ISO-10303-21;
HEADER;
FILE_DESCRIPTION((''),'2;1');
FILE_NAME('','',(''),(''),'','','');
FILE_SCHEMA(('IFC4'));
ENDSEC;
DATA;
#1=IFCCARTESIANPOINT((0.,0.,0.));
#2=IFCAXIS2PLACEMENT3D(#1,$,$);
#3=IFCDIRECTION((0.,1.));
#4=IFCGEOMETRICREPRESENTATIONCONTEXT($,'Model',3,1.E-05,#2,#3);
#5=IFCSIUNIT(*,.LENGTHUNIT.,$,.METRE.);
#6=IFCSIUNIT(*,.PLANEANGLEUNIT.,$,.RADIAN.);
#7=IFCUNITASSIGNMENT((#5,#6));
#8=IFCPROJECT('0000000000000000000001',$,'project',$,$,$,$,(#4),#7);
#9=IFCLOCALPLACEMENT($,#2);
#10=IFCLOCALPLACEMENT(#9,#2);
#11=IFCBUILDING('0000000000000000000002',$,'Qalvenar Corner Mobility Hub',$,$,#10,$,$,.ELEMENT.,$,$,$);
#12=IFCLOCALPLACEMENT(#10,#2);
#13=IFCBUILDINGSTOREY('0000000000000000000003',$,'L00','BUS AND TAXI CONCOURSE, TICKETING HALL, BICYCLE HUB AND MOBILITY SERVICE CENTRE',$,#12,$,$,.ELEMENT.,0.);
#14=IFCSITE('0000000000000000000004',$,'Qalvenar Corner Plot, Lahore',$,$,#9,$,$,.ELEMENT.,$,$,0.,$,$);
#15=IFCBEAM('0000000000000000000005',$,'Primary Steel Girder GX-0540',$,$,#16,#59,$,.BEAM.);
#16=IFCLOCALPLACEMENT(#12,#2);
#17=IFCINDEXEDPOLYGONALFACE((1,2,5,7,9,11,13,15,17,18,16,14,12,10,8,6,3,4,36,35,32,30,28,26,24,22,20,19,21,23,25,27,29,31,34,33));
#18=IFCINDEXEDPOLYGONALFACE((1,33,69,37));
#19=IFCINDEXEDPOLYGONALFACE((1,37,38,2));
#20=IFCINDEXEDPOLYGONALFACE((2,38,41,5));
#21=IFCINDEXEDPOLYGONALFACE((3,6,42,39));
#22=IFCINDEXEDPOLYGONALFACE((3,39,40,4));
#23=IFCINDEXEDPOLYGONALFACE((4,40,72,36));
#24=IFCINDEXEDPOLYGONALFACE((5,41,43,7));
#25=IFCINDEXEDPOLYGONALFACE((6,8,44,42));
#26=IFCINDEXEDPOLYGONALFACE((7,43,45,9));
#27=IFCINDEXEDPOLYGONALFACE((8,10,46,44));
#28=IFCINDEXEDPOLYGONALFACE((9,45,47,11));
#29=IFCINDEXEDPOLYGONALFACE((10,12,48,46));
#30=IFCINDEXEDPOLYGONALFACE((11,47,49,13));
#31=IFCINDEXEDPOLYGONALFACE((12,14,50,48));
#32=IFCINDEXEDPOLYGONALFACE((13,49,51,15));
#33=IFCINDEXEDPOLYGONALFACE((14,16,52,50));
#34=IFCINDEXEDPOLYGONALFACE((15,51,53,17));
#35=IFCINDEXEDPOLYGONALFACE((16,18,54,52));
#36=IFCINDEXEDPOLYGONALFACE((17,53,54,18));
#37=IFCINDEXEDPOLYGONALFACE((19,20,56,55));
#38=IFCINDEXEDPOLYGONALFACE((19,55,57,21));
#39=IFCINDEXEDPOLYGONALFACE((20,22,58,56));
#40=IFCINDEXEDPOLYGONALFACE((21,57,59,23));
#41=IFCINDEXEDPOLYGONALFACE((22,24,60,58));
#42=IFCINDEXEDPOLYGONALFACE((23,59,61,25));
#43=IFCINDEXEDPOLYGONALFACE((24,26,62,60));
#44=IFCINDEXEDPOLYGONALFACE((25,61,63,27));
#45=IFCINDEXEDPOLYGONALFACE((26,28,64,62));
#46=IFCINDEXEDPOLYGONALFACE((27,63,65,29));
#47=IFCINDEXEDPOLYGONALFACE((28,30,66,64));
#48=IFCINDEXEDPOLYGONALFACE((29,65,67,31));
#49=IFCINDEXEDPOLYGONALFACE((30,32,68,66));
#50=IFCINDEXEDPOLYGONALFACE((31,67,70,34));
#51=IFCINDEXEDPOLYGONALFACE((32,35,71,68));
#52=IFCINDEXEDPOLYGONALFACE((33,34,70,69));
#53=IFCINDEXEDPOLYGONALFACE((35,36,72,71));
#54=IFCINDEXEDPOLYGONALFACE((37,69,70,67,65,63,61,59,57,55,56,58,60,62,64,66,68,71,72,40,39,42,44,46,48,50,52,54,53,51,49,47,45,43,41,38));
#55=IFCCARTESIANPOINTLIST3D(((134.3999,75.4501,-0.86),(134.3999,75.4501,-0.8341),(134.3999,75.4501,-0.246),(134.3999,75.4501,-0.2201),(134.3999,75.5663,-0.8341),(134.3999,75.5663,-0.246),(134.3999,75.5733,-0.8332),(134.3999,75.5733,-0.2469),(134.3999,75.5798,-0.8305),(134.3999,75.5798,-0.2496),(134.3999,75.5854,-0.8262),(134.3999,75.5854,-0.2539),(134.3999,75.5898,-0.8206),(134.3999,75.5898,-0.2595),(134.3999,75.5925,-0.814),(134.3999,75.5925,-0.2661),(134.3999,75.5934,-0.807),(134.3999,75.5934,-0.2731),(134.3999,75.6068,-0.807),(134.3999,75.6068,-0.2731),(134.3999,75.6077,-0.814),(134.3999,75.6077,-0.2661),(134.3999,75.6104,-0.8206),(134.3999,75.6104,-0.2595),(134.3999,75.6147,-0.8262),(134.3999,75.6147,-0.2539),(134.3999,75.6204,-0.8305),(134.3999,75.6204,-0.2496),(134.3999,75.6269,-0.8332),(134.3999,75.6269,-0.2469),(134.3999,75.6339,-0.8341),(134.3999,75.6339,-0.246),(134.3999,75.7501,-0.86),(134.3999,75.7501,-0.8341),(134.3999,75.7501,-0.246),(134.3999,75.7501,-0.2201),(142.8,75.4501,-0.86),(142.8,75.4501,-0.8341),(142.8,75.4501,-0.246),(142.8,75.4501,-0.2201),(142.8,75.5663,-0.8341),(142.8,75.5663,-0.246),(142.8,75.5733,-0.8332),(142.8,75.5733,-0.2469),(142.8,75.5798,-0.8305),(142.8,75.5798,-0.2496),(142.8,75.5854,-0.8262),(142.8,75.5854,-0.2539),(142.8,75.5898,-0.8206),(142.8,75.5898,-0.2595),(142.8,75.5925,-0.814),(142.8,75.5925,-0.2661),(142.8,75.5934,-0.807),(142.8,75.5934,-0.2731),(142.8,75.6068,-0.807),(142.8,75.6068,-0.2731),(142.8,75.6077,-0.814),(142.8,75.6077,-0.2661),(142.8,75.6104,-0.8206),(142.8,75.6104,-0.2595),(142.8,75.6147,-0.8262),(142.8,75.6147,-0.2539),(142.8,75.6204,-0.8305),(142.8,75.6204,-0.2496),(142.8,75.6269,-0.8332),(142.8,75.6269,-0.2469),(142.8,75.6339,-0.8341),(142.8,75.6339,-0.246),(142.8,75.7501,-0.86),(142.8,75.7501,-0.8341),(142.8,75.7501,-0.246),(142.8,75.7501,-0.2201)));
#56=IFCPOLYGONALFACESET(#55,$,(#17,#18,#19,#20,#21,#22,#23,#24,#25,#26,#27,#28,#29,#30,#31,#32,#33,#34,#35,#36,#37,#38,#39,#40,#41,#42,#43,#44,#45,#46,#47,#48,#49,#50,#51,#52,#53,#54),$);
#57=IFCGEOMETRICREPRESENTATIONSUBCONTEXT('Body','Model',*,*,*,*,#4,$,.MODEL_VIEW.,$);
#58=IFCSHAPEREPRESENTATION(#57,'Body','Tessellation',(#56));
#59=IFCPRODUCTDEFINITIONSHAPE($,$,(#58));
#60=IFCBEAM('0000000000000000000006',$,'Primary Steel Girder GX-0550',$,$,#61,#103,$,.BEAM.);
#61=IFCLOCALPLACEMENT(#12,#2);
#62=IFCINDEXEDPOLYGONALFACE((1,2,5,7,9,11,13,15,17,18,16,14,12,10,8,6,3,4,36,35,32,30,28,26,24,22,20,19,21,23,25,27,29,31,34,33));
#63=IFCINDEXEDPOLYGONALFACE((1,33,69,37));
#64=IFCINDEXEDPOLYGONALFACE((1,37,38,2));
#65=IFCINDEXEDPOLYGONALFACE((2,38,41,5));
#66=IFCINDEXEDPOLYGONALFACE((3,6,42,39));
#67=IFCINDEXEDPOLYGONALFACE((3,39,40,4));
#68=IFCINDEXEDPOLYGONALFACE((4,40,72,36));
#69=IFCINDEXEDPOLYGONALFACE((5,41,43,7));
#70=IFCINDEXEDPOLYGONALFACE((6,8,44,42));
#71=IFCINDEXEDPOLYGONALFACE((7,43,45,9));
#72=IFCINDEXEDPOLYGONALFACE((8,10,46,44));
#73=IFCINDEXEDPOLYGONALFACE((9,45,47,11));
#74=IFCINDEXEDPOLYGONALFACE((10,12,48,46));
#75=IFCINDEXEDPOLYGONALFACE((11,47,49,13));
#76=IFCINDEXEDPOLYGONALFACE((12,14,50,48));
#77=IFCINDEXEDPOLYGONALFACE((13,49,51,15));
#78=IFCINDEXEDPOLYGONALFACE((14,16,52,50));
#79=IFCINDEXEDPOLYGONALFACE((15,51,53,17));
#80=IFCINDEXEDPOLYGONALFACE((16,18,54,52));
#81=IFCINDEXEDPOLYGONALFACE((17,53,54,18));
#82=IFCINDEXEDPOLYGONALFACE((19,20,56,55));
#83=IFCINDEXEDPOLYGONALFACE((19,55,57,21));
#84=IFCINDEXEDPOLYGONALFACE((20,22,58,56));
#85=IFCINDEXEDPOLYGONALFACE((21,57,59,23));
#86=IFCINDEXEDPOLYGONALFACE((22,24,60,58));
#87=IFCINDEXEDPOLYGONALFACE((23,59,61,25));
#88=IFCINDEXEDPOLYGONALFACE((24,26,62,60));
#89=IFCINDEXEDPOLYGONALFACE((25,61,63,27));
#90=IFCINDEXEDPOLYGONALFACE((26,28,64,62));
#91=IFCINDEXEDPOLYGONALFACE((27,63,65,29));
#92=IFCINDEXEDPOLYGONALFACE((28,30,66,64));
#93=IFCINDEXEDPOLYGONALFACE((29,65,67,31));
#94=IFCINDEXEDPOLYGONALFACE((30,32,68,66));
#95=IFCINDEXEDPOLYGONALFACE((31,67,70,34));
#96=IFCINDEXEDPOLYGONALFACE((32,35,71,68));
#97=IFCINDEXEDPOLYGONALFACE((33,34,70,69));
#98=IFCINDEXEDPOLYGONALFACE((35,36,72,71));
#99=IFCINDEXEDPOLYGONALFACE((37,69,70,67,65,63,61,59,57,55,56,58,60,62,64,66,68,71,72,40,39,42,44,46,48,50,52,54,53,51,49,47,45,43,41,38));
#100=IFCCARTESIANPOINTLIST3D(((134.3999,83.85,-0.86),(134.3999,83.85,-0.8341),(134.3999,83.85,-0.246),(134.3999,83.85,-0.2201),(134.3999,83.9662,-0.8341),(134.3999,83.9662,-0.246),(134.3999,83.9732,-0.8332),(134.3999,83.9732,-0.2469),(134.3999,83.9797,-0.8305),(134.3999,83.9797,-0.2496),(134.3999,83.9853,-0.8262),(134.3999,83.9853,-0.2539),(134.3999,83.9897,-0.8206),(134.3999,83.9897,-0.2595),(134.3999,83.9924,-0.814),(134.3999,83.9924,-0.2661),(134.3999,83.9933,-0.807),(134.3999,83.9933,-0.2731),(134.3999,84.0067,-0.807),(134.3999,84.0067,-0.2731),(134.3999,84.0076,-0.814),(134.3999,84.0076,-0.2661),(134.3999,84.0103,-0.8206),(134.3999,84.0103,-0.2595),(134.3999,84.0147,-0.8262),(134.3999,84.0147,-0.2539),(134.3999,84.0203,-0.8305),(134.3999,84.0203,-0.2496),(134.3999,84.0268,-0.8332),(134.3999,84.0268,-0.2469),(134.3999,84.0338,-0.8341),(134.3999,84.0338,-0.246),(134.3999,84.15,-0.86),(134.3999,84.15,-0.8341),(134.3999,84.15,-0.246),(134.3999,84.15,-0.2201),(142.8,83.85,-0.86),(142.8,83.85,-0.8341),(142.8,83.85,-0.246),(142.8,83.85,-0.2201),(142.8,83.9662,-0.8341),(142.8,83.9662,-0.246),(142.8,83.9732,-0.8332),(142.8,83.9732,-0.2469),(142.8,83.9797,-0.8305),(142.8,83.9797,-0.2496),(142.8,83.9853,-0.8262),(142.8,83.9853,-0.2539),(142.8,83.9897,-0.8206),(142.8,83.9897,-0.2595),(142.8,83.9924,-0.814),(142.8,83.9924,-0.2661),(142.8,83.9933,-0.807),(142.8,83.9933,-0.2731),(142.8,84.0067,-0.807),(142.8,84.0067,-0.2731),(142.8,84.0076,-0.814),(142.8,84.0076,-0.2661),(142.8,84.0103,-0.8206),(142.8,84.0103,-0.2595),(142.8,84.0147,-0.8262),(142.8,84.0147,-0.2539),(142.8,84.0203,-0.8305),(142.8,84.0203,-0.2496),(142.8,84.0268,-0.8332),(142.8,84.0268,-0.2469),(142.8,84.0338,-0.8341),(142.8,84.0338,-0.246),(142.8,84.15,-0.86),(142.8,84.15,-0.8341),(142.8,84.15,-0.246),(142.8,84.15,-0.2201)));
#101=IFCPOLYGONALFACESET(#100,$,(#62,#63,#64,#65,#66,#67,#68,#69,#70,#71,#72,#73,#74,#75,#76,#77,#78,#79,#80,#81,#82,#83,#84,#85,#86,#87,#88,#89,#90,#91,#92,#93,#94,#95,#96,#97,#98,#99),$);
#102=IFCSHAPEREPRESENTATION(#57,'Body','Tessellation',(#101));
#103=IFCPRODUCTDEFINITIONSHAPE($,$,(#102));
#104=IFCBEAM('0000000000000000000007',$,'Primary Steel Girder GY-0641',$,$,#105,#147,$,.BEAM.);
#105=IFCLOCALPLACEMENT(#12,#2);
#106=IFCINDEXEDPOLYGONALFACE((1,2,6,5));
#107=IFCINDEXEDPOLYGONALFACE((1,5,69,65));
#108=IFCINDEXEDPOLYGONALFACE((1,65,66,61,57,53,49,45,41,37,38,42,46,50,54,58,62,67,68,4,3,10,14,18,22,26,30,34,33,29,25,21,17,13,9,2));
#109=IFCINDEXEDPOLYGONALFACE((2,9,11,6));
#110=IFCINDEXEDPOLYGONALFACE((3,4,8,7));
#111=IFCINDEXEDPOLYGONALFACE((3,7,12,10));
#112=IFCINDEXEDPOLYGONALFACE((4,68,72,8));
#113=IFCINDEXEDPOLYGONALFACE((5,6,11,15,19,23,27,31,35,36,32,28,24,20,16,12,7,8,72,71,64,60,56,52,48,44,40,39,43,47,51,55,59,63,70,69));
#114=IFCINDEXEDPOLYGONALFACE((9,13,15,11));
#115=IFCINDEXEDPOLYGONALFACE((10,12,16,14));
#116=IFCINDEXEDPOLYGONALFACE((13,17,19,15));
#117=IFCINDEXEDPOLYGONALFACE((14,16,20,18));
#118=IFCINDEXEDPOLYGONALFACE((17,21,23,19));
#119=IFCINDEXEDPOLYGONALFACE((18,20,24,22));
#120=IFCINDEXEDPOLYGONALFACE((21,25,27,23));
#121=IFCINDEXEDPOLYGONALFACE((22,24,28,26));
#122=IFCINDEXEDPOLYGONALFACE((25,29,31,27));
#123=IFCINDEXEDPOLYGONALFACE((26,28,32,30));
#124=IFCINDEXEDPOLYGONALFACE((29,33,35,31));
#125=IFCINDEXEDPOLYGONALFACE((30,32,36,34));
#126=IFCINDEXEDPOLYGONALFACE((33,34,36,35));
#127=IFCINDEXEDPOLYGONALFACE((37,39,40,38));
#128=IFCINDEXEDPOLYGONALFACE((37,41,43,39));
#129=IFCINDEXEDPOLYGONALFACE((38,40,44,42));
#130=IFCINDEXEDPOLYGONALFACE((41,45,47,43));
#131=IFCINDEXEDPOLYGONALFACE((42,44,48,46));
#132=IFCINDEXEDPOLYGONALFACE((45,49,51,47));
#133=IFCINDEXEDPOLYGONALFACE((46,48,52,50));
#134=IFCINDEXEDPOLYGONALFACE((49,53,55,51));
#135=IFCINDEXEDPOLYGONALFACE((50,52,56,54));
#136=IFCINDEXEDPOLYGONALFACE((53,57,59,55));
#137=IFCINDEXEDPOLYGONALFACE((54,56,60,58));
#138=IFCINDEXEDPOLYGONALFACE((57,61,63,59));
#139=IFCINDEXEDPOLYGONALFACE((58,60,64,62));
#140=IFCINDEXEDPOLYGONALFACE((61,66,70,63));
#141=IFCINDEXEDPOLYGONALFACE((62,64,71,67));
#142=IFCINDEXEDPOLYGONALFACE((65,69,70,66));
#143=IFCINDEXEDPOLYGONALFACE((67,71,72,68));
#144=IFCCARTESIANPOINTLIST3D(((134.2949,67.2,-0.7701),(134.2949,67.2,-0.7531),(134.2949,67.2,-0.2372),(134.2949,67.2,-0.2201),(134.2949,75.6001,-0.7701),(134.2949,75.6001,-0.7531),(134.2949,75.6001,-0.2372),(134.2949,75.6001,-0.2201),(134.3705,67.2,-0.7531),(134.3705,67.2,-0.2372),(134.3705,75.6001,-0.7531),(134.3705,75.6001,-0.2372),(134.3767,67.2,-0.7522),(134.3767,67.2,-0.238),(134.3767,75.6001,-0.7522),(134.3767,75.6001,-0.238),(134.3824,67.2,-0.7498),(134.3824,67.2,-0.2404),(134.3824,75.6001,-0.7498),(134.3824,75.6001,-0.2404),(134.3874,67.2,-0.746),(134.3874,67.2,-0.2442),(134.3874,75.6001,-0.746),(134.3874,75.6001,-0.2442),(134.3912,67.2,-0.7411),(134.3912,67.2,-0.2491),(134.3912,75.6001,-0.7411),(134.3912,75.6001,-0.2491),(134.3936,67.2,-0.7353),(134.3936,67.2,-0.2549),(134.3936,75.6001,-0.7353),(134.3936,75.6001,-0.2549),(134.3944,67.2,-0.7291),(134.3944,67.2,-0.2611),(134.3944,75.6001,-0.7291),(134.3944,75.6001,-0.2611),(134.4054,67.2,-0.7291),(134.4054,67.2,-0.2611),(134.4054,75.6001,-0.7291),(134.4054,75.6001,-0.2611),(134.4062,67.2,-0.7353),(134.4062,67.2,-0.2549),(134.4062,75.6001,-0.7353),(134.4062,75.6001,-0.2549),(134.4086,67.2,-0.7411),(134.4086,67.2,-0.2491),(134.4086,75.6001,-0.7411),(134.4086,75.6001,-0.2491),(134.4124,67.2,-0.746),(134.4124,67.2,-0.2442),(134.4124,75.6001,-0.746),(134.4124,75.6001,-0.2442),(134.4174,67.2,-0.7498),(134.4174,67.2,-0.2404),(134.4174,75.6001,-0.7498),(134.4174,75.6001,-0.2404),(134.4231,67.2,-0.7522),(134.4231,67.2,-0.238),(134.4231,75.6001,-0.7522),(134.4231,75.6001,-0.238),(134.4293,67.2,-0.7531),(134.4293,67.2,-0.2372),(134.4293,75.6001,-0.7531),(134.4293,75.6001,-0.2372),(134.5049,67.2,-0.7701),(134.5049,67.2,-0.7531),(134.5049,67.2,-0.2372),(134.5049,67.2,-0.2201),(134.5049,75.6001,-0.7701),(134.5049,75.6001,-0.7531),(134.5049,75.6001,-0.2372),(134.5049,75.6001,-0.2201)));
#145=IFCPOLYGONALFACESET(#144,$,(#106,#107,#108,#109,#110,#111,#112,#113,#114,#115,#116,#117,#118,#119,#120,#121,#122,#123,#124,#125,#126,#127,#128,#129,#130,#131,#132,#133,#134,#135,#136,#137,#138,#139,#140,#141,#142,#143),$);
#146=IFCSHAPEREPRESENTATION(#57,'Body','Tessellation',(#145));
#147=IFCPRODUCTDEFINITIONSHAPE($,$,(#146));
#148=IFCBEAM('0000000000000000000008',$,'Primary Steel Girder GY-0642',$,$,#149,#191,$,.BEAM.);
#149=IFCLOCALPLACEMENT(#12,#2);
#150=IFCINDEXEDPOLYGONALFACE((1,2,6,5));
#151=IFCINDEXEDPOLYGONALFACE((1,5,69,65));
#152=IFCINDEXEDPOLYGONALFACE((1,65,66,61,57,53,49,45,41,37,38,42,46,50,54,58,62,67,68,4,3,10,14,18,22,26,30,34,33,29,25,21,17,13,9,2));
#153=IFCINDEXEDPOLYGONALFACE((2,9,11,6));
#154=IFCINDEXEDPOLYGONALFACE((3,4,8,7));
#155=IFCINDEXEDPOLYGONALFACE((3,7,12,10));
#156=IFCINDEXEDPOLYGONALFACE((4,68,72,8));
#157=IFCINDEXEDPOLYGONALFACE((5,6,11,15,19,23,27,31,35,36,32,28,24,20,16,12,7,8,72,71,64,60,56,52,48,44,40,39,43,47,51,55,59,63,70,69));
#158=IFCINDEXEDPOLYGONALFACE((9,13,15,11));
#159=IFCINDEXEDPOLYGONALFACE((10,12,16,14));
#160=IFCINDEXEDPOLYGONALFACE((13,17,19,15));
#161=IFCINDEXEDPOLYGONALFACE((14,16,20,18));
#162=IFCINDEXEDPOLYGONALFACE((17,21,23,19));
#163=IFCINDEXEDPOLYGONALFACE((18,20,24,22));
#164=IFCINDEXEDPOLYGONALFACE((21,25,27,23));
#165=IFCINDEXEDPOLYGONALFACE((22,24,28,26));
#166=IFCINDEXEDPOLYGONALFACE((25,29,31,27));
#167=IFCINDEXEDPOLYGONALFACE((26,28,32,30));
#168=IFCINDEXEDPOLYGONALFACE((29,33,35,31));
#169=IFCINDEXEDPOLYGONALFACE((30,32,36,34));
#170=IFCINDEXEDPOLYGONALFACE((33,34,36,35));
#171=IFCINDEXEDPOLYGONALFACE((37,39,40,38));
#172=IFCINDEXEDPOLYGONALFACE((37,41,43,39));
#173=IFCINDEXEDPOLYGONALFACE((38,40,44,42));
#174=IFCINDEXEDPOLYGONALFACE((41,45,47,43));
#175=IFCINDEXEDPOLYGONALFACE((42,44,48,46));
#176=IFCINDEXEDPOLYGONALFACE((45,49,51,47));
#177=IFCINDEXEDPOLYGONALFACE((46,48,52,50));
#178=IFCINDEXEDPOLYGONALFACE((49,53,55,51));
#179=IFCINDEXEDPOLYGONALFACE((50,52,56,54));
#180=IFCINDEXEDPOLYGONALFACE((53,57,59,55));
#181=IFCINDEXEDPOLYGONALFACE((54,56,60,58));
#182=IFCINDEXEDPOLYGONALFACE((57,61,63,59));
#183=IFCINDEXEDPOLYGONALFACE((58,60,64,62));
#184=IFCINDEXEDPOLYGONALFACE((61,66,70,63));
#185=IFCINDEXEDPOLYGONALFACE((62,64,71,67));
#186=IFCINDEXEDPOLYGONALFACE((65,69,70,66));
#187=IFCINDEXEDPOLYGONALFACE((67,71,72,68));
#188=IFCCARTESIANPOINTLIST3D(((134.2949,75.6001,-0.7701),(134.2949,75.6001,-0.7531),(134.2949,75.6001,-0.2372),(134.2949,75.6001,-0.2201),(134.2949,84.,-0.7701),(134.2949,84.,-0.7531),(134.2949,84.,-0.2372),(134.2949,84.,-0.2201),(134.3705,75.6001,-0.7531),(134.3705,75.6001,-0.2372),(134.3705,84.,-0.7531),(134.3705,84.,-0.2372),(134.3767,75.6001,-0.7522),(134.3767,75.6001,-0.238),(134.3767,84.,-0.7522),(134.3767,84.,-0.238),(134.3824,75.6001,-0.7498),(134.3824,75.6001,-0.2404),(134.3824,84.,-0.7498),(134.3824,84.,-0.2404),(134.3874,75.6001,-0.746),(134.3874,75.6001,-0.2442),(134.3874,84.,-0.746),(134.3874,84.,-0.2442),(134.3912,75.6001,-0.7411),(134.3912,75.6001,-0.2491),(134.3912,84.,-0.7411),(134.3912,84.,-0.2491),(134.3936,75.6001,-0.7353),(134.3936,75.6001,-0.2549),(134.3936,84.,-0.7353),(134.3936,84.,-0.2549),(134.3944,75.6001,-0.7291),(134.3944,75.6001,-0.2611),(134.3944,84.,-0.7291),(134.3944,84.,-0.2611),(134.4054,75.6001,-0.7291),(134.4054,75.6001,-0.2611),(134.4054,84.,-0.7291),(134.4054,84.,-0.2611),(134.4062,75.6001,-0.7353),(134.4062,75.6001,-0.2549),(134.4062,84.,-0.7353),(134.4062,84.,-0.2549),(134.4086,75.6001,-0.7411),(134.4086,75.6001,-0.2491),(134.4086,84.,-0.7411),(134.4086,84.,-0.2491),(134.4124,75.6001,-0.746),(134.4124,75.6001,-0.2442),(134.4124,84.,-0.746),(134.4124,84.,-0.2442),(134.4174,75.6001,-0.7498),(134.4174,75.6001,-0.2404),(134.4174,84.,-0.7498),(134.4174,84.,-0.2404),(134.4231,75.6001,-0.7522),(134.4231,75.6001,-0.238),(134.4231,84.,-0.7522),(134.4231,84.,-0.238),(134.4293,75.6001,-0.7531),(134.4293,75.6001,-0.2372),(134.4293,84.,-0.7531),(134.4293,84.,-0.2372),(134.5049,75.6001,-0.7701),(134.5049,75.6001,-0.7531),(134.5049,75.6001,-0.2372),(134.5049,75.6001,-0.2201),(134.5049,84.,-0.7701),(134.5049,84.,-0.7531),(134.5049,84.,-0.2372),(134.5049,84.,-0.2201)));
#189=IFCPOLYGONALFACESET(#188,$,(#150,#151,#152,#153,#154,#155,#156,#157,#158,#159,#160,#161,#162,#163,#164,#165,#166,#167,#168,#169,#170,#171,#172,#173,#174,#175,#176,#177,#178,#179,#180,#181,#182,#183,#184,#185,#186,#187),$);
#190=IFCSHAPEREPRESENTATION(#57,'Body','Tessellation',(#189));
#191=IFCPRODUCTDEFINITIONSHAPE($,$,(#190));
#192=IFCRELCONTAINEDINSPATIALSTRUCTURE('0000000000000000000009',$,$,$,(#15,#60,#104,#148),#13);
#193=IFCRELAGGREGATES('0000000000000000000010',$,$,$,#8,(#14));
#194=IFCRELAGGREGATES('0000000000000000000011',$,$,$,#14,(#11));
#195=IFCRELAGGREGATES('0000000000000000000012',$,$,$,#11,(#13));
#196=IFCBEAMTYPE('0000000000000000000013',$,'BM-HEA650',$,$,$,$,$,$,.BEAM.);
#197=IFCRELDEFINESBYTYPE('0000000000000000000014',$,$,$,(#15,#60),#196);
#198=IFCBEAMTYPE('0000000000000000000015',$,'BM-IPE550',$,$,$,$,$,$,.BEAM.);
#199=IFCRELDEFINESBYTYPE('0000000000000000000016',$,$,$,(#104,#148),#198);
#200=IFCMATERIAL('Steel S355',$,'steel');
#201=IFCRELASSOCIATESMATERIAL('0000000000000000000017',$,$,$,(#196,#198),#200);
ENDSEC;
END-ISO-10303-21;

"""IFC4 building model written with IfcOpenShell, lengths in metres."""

from ifc_helpers import new_model, si_unit, direction, frame, origin, origin_2d, place, context, subcontext, project, spatial, i_section, extrude, material, material_profile, profile_set, type_object, element, save


model = new_model("IFC4")

# Units and contexts
model_context = context("Model", 3, precision=1e-05, world=origin(), true_north=direction((0.0, 1.0)))
body_context = subcontext(model_context, "Body", "Model", "MODEL_VIEW")
ifc_project = project(units=[si_unit("LENGTHUNIT", "METRE"), si_unit("PLANEANGLEUNIT", "RADIAN")], contexts=[model_context])

# Site, building, storey
site_placement = place(None, origin())
site = spatial("IfcSite", under=ifc_project, at=site_placement, Name="Qalvenar Corner Plot, Lahore", CompositionType="ELEMENT", RefElevation=0.0)
building_placement = place(site_placement, origin())
building = spatial("IfcBuilding", under=site, at=building_placement, Name="Qalvenar Corner Mobility Hub", CompositionType="ELEMENT")
storey_placement = place(building_placement, origin())
storey = spatial("IfcBuildingStorey", under=building, at=storey_placement, Name="L00", Description="BUS AND TAXI CONCOURSE, TICKETING HALL, BICYCLE HUB AND MOBILITY SERVICE CENTRE", CompositionType="ELEMENT", Elevation=0.0)

# Shared definitions
ifc_material_1 = material(Name="Steel S355", Category="steel")

# Beams
ifc_material_profile_1 = material_profile(ifc_material_1, i_section(OverallWidth=0.3, OverallDepth=0.6399, WebThickness=0.0134, FlangeThickness=0.0259, FilletRadius=0.0271, at=origin_2d()), Name="HEA650")
ifc_profile_set_1 = profile_set([ifc_material_profile_1], Name="Steel S355")
beam_type_1 = type_object("IfcBeamType", Name="BM-HEA650", PredefinedType="BEAM", material=ifc_profile_set_1)
for number, where, z_axis, x_axis, name in (
    (1, (134.3999, 75.6001, -0.54), (1.0, 0.0, 0.0), (0.0, 1.0, 0.0), "Primary Steel Girder GX-0540"),
    (2, (134.3999, 84.0, -0.54), (1.0, 0.0, 0.0), (0.0, 1.0, 0.0), "Primary Steel Girder GX-0550"),
):
    element("IfcBeam", number, at=place(storey_placement, frame(where, z_axis=z_axis, x_axis=x_axis)), inside=storey, type_object=beam_type_1, Name=name, PredefinedType="BEAM", context=body_context, shape_type="SweptSolid", body=[
        extrude(i_section(OverallWidth=0.3, OverallDepth=0.6399, WebThickness=0.0134, FlangeThickness=0.0259, FilletRadius=0.0271, at=origin_2d()), origin(), (0.0, 0.0, 1.0), 8.4001),
    ])
ifc_material_profile_2 = material_profile(ifc_material_1, i_section(OverallWidth=0.21, OverallDepth=0.55, WebThickness=0.011, FlangeThickness=0.0171, FilletRadius=0.0239, at=origin_2d()), Name="IPE550")
ifc_profile_set_2 = profile_set([ifc_material_profile_2], Name="Steel S355")
beam_type_2 = type_object("IfcBeamType", Name="BM-IPE550", PredefinedType="BEAM", material=ifc_profile_set_2)
beam_1_placement = place(storey_placement, frame((134.3999, 67.2, -0.4951), z_axis=(0.0, 1.0, 0.0), x_axis=(-1.0, 0.0, 0.0)))
element("IfcBeam", 3, at=beam_1_placement, inside=storey, type_object=beam_type_2, Name="Primary Steel Girder GY-0641", PredefinedType="BEAM", context=body_context, shape_type="SweptSolid", body=[
    extrude(i_section(OverallWidth=0.21, OverallDepth=0.55, WebThickness=0.011, FlangeThickness=0.0171, FilletRadius=0.0239, at=origin_2d()), origin(), (0.0, 0.0, 1.0), 8.4001),
])
for number, where, z_axis, x_axis, name in (
    (4, (134.3999, 75.6001, -0.4951), (0.0, 1.0, 0.0), (-1.0, 0.0, 0.0), "Primary Steel Girder GY-0642"),
):
    element("IfcBeam", number, at=place(storey_placement, frame(where, z_axis=z_axis, x_axis=x_axis)), inside=storey, type_object=beam_type_2, Name=name, PredefinedType="BEAM", context=body_context, shape_type="SweptSolid", body=[
        extrude(i_section(OverallWidth=0.21, OverallDepth=0.55, WebThickness=0.011, FlangeThickness=0.0171, FilletRadius=0.0239, at=origin_2d()), origin(), (0.0, 0.0, 1.0), 8.3999),
    ])

save(model, "model.ifc")
